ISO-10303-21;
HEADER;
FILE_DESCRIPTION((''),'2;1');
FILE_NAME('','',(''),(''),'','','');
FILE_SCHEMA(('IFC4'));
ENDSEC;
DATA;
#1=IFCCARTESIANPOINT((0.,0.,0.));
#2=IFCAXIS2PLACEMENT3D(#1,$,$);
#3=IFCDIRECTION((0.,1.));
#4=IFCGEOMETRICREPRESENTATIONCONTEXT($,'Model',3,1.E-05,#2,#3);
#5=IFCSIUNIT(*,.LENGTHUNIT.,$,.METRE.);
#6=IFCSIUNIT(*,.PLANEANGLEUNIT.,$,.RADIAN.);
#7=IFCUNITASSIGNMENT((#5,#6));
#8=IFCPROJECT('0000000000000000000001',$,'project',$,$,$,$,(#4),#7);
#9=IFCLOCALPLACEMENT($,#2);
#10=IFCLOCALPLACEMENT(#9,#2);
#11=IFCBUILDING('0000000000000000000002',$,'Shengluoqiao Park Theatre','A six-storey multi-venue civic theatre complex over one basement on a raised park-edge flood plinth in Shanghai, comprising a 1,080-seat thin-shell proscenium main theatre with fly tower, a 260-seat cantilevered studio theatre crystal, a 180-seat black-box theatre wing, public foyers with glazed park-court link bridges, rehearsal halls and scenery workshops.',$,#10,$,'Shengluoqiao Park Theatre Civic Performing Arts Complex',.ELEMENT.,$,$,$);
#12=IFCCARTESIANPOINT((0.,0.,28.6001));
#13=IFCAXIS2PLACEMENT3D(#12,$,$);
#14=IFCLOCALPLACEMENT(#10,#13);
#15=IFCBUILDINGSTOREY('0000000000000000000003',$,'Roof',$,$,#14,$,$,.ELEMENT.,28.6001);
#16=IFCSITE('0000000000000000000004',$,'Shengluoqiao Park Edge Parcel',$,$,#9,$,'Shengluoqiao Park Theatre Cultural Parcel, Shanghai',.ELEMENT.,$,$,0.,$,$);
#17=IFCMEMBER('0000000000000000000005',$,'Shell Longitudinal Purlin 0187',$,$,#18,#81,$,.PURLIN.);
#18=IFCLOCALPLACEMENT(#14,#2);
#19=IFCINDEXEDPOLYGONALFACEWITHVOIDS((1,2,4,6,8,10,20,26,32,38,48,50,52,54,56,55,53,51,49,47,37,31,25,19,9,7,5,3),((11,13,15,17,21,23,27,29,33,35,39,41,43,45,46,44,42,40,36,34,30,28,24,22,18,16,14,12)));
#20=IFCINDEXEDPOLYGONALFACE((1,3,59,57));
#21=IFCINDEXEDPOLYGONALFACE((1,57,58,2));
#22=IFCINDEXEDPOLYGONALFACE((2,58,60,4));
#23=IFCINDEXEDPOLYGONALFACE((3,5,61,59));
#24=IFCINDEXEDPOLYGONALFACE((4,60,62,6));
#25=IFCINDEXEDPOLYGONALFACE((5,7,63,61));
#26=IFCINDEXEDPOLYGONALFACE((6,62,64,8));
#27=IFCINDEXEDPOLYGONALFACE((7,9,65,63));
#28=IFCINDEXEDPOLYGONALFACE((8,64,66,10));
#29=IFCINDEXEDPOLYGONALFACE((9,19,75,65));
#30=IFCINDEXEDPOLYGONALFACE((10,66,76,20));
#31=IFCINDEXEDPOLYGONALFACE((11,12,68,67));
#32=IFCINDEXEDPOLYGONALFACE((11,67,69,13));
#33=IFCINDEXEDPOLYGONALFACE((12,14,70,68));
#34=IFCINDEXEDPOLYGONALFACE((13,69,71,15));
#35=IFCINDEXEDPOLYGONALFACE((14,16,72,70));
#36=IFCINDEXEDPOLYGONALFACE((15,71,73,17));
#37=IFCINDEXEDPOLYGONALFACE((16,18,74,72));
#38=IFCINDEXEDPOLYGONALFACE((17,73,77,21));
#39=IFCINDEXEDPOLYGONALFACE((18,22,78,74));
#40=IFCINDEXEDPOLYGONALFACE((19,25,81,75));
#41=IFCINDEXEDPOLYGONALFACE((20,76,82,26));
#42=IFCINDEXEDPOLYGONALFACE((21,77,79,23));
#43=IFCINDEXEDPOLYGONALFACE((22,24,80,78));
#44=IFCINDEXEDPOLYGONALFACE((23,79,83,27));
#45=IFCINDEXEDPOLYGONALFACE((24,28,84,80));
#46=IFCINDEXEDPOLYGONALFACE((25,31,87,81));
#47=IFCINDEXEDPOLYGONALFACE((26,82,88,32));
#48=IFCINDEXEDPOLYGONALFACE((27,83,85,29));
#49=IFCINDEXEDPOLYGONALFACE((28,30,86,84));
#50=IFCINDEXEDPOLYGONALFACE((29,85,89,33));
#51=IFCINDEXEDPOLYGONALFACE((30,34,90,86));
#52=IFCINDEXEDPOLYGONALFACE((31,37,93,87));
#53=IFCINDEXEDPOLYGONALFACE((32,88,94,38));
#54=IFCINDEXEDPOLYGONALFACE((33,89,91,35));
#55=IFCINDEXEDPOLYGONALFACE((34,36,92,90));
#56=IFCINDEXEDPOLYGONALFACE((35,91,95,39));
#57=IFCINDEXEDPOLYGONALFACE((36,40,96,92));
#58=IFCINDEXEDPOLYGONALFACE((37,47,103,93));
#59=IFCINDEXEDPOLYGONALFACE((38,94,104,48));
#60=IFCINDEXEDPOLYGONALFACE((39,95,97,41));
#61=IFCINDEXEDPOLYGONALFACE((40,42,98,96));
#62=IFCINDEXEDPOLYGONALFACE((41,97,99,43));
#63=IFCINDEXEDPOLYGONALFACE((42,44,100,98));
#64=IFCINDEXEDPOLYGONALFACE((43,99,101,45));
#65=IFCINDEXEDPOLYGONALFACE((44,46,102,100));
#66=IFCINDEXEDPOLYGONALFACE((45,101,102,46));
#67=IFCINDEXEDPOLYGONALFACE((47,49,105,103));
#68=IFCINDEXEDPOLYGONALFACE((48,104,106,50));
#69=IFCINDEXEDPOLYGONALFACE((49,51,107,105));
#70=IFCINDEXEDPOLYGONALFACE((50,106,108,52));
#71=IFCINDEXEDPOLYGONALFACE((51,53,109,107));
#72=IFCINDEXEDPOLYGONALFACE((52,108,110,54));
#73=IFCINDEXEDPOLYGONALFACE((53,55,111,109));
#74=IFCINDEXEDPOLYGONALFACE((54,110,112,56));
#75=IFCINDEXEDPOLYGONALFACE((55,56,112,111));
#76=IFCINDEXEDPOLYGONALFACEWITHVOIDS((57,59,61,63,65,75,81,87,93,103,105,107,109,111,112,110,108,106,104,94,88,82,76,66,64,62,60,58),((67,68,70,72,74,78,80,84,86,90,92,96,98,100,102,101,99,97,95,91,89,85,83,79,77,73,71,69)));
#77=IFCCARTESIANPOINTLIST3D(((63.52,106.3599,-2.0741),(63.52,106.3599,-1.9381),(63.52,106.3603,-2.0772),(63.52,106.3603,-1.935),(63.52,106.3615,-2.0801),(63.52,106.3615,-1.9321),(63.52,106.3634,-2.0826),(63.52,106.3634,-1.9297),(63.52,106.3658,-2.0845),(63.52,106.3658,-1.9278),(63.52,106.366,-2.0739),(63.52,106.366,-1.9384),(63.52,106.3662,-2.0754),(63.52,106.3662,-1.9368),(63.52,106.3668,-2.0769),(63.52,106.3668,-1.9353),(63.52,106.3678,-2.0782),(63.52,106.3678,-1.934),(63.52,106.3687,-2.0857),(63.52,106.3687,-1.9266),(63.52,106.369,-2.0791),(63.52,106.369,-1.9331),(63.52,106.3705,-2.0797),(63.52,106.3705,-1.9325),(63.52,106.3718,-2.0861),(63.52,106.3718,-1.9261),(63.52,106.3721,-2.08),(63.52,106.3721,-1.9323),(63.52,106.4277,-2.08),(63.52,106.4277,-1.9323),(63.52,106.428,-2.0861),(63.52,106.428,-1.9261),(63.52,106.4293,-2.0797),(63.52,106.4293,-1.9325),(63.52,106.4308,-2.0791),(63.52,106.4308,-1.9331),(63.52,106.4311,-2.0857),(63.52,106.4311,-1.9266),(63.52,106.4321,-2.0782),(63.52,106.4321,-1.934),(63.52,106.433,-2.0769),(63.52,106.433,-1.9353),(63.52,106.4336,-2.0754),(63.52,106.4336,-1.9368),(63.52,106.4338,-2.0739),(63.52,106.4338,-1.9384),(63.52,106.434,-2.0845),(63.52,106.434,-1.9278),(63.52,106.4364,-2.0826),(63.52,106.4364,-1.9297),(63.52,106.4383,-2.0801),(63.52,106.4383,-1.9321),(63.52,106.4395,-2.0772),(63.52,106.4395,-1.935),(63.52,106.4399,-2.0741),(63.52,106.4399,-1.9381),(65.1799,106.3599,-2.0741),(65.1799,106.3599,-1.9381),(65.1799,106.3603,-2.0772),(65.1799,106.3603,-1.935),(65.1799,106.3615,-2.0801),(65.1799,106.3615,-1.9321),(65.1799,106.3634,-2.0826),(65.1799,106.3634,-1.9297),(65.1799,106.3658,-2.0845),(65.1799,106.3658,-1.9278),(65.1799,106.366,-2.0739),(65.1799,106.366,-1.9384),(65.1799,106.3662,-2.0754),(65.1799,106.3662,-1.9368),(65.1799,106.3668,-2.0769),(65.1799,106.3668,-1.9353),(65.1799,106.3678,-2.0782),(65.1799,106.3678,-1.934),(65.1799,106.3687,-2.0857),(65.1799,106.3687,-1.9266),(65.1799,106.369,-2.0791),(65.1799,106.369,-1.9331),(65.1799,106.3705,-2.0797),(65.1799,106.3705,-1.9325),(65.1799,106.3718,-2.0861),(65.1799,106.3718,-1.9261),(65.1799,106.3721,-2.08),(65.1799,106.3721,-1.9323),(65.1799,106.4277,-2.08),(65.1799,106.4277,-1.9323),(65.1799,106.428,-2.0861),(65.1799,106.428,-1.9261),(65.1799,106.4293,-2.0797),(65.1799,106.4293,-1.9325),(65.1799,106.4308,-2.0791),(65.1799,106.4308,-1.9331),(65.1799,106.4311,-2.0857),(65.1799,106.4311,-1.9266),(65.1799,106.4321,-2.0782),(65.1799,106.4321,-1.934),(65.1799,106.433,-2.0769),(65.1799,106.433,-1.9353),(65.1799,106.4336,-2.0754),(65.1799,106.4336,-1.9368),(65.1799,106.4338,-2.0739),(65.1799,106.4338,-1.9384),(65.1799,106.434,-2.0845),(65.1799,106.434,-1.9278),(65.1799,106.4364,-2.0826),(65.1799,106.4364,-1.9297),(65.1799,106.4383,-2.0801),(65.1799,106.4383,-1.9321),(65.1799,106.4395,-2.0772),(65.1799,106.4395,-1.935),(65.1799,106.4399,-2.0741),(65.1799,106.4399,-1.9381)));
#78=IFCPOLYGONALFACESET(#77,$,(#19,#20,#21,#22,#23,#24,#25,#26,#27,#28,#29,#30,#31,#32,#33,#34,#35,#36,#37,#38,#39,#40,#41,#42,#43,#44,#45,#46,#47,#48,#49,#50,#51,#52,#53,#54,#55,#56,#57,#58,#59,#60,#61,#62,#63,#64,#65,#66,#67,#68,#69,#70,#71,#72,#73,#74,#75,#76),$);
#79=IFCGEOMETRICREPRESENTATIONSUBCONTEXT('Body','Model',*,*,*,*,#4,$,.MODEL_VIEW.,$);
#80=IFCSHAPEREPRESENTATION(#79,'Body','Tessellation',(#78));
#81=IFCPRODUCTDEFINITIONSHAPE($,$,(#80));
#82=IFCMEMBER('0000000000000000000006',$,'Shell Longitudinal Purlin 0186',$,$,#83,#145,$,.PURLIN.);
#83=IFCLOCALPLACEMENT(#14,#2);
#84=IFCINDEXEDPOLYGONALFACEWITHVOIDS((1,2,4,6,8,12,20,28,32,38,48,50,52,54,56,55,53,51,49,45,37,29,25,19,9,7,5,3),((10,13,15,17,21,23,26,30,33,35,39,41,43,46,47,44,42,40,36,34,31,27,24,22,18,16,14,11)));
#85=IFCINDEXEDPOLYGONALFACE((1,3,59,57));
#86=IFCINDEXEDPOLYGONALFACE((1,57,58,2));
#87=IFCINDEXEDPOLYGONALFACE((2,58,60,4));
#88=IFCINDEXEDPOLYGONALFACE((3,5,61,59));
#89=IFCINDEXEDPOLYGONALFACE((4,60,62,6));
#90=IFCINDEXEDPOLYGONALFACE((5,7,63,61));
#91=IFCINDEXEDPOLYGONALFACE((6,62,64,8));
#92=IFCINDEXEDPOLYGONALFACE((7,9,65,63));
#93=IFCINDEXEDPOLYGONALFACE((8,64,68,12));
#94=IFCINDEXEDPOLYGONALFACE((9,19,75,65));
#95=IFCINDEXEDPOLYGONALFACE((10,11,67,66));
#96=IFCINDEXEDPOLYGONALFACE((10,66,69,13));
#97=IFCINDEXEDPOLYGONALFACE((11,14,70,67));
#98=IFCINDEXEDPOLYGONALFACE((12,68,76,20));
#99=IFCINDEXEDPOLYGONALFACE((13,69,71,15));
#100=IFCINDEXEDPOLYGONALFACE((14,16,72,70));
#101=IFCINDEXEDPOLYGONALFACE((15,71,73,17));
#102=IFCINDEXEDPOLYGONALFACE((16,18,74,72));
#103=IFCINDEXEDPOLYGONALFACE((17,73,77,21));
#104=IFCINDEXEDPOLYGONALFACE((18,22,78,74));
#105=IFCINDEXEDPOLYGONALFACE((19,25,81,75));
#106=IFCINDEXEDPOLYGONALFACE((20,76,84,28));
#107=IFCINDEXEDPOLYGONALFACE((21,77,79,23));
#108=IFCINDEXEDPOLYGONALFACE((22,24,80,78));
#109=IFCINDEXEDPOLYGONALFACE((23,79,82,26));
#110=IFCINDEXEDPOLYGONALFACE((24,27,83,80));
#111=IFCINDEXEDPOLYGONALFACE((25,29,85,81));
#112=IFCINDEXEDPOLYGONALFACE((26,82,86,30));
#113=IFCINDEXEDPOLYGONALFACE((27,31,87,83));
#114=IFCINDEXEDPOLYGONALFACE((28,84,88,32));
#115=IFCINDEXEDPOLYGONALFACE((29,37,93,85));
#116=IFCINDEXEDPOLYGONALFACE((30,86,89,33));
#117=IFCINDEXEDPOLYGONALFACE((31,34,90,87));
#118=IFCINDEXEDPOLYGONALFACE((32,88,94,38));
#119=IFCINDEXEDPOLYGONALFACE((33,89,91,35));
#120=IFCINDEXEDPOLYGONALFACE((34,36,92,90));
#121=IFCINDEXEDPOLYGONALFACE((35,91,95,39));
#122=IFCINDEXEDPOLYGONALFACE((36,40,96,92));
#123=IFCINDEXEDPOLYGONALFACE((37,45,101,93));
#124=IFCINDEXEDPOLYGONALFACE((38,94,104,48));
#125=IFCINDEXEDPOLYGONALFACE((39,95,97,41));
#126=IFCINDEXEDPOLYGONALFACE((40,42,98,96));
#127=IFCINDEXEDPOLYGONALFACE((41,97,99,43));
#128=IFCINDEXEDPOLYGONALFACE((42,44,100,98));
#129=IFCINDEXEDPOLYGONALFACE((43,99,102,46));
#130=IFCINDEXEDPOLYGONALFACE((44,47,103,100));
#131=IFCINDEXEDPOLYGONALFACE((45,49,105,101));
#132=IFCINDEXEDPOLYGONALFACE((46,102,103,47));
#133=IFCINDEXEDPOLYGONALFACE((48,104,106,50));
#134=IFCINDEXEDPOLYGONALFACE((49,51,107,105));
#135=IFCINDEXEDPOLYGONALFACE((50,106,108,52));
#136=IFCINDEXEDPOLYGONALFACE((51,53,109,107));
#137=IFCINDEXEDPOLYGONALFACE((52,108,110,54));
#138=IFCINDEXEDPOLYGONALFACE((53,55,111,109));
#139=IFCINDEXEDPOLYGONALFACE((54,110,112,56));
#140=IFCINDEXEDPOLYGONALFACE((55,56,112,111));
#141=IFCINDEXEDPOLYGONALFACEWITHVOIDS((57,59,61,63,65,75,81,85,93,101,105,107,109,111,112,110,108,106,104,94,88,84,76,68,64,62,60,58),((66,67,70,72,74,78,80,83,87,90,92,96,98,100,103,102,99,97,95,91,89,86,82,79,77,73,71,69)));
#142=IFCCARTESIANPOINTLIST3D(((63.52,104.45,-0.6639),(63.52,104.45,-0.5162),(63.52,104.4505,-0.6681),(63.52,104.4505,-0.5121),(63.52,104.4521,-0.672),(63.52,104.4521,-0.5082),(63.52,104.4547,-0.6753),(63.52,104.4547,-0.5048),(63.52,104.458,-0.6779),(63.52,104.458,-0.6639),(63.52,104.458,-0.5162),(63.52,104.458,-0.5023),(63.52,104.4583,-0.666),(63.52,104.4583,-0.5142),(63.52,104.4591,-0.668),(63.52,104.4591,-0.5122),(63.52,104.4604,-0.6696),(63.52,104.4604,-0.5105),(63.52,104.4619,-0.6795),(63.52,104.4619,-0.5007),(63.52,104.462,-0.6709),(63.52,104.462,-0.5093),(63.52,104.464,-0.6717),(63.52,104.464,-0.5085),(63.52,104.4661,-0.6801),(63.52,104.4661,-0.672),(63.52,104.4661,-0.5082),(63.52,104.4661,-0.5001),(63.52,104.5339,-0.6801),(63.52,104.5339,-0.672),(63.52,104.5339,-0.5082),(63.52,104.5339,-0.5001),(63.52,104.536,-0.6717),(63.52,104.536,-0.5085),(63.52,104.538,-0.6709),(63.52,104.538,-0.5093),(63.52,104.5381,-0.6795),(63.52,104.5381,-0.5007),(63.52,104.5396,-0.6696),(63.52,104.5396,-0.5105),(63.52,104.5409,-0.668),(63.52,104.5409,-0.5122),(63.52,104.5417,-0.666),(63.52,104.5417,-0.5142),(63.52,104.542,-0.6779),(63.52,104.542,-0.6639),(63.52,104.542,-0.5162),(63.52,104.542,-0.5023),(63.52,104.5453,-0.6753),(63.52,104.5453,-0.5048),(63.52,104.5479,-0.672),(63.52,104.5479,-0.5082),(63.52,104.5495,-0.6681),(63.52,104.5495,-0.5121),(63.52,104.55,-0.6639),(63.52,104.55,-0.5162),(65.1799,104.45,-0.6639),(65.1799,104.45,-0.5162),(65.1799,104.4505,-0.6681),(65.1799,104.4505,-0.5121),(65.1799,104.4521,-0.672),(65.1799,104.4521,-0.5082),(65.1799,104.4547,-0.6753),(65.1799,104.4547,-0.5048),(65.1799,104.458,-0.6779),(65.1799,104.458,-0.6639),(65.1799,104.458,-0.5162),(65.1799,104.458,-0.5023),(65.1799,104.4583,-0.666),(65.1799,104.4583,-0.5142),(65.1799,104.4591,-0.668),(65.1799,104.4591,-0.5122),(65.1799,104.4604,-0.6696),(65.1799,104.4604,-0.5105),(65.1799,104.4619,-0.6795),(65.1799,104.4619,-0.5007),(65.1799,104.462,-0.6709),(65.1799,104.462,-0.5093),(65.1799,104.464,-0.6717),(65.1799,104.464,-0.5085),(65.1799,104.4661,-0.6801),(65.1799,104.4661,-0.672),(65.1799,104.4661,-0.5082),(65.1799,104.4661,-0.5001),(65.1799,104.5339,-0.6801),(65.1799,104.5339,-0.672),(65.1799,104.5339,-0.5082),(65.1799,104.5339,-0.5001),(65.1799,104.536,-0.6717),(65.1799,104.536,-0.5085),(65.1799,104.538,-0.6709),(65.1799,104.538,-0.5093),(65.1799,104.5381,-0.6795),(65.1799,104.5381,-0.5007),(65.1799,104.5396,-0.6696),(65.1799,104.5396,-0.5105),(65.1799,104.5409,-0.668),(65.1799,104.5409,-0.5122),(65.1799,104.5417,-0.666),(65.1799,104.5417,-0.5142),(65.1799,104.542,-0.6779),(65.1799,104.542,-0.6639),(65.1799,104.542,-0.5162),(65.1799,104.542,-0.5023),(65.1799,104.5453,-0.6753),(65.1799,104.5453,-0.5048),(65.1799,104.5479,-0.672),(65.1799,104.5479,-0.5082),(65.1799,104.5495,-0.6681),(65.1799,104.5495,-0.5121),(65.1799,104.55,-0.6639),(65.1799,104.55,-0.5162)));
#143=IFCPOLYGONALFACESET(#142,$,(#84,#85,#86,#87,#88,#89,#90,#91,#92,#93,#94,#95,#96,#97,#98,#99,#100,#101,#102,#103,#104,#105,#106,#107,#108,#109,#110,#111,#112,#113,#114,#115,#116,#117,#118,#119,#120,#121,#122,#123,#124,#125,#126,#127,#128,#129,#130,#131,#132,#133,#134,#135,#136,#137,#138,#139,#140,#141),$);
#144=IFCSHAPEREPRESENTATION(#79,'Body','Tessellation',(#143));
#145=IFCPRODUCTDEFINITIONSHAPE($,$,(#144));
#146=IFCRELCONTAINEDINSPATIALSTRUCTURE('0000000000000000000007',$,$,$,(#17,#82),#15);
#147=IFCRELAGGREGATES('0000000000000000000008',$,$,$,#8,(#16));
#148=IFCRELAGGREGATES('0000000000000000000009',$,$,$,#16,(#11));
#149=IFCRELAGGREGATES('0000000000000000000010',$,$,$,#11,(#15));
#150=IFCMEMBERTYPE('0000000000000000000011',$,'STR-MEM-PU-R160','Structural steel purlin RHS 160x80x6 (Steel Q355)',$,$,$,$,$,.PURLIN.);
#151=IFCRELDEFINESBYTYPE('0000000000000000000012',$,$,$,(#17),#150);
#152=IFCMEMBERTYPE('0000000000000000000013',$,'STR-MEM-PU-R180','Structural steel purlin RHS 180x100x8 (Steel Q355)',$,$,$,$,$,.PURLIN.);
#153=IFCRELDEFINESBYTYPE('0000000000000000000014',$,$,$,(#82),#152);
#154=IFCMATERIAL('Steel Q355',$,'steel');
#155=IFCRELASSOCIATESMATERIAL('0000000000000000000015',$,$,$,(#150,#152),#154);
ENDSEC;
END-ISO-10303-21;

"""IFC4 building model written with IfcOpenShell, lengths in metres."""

from ifc_helpers import new_model, si_unit, direction, frame, origin, origin_2d, place, context, subcontext, project, spatial, hollow_rectangle, extrude, material, material_profile, profile_set, type_object, element, save


model = new_model("IFC4")

# Units and contexts
model_context = context("Model", 3, precision=1e-05, world=origin(), true_north=direction((0.0, 1.0)))
body_context = subcontext(model_context, "Body", "Model", "MODEL_VIEW")
ifc_project = project(units=[si_unit("LENGTHUNIT", "METRE"), si_unit("PLANEANGLEUNIT", "RADIAN")], contexts=[model_context])

# Site, building, storey
site_placement = place(None, origin())
site = spatial("IfcSite", under=ifc_project, at=site_placement, Name="Shengluoqiao Park Edge Parcel", LongName="Shengluoqiao Park Theatre Cultural Parcel, Shanghai", CompositionType="ELEMENT", RefElevation=0.0)
building_placement = place(site_placement, origin())
building = spatial("IfcBuilding", under=site, at=building_placement, Name="Shengluoqiao Park Theatre", Description="A six-storey multi-venue civic theatre complex over one basement on a raised park-edge flood plinth in Shanghai, comprising a 1,080-seat thin-shell proscenium main theatre with fly tower, a 260-seat cantilevered studio theatre crystal, a 180-seat black-box theatre wing, public foyers with glazed park-court link bridges, rehearsal halls and scenery workshops.", LongName="Shengluoqiao Park Theatre Civic Performing Arts Complex", CompositionType="ELEMENT")
storey_placement = place(building_placement, frame((0.0, 0.0, 28.6001)))
storey = spatial("IfcBuildingStorey", under=building, at=storey_placement, Name="Roof", CompositionType="ELEMENT", Elevation=28.6001)

# Shared definitions
ifc_material_1 = material(Name="Steel Q355", Category="steel")

# Members
ifc_material_profile_1 = material_profile(ifc_material_1, hollow_rectangle(XDim=0.0801, YDim=0.1599, WallThickness=0.0061, InnerFilletRadius=0.0061, OuterFilletRadius=0.012, at=origin_2d()), Name="RHS 160x80x6")
ifc_profile_set_1 = profile_set([ifc_material_profile_1], Name="Steel Q355")
member_type_1 = type_object("IfcMemberType", Name="STR-MEM-PU-R160", Description="Structural steel purlin RHS 160x80x6 (Steel Q355)", PredefinedType="PURLIN", material=ifc_profile_set_1)
member_1_placement = place(storey_placement, frame((63.52, 106.3999, -2.0061), z_axis=(1.0, 0.0, 0.0), x_axis=(0.0, 1.0, 0.0)))
element("IfcMember", 1, at=member_1_placement, inside=storey, type_object=member_type_1, Name="Shell Longitudinal Purlin 0187", PredefinedType="PURLIN", context=body_context, shape_type="SweptSolid", body=[
    extrude(hollow_rectangle(XDim=0.0801, YDim=0.1599, WallThickness=0.0061, InnerFilletRadius=0.0061, OuterFilletRadius=0.012, at=origin_2d()), origin(), (0.0, 0.0, 1.0), 1.6599),
])
ifc_material_profile_2 = material_profile(ifc_material_1, hollow_rectangle(XDim=0.1001, YDim=0.1799, WallThickness=0.0081, InnerFilletRadius=0.0081, OuterFilletRadius=0.0161, at=origin_2d()), Name="RHS 180x100x8")
ifc_profile_set_2 = profile_set([ifc_material_profile_2], Name="Steel Q355")
member_type_2 = type_object("IfcMemberType", Name="STR-MEM-PU-R180", Description="Structural steel purlin RHS 180x100x8 (Steel Q355)", PredefinedType="PURLIN", material=ifc_profile_set_2)
for number, where, z_axis, x_axis, name in (
    (2, (63.52, 104.5, -0.5901), (1.0, 0.0, 0.0), (0.0, 1.0, 0.0), "Shell Longitudinal Purlin 0186"),
):
    element("IfcMember", number, at=place(storey_placement, frame(where, z_axis=z_axis, x_axis=x_axis)), inside=storey, type_object=member_type_2, Name=name, PredefinedType="PURLIN", context=body_context, shape_type="SweptSolid", body=[
        extrude(hollow_rectangle(XDim=0.1001, YDim=0.1799, WallThickness=0.0081, InnerFilletRadius=0.0081, OuterFilletRadius=0.0161, at=origin_2d()), origin(), (0.0, 0.0, 1.0), 1.6599),
    ])

save(model, "model.ifc")
